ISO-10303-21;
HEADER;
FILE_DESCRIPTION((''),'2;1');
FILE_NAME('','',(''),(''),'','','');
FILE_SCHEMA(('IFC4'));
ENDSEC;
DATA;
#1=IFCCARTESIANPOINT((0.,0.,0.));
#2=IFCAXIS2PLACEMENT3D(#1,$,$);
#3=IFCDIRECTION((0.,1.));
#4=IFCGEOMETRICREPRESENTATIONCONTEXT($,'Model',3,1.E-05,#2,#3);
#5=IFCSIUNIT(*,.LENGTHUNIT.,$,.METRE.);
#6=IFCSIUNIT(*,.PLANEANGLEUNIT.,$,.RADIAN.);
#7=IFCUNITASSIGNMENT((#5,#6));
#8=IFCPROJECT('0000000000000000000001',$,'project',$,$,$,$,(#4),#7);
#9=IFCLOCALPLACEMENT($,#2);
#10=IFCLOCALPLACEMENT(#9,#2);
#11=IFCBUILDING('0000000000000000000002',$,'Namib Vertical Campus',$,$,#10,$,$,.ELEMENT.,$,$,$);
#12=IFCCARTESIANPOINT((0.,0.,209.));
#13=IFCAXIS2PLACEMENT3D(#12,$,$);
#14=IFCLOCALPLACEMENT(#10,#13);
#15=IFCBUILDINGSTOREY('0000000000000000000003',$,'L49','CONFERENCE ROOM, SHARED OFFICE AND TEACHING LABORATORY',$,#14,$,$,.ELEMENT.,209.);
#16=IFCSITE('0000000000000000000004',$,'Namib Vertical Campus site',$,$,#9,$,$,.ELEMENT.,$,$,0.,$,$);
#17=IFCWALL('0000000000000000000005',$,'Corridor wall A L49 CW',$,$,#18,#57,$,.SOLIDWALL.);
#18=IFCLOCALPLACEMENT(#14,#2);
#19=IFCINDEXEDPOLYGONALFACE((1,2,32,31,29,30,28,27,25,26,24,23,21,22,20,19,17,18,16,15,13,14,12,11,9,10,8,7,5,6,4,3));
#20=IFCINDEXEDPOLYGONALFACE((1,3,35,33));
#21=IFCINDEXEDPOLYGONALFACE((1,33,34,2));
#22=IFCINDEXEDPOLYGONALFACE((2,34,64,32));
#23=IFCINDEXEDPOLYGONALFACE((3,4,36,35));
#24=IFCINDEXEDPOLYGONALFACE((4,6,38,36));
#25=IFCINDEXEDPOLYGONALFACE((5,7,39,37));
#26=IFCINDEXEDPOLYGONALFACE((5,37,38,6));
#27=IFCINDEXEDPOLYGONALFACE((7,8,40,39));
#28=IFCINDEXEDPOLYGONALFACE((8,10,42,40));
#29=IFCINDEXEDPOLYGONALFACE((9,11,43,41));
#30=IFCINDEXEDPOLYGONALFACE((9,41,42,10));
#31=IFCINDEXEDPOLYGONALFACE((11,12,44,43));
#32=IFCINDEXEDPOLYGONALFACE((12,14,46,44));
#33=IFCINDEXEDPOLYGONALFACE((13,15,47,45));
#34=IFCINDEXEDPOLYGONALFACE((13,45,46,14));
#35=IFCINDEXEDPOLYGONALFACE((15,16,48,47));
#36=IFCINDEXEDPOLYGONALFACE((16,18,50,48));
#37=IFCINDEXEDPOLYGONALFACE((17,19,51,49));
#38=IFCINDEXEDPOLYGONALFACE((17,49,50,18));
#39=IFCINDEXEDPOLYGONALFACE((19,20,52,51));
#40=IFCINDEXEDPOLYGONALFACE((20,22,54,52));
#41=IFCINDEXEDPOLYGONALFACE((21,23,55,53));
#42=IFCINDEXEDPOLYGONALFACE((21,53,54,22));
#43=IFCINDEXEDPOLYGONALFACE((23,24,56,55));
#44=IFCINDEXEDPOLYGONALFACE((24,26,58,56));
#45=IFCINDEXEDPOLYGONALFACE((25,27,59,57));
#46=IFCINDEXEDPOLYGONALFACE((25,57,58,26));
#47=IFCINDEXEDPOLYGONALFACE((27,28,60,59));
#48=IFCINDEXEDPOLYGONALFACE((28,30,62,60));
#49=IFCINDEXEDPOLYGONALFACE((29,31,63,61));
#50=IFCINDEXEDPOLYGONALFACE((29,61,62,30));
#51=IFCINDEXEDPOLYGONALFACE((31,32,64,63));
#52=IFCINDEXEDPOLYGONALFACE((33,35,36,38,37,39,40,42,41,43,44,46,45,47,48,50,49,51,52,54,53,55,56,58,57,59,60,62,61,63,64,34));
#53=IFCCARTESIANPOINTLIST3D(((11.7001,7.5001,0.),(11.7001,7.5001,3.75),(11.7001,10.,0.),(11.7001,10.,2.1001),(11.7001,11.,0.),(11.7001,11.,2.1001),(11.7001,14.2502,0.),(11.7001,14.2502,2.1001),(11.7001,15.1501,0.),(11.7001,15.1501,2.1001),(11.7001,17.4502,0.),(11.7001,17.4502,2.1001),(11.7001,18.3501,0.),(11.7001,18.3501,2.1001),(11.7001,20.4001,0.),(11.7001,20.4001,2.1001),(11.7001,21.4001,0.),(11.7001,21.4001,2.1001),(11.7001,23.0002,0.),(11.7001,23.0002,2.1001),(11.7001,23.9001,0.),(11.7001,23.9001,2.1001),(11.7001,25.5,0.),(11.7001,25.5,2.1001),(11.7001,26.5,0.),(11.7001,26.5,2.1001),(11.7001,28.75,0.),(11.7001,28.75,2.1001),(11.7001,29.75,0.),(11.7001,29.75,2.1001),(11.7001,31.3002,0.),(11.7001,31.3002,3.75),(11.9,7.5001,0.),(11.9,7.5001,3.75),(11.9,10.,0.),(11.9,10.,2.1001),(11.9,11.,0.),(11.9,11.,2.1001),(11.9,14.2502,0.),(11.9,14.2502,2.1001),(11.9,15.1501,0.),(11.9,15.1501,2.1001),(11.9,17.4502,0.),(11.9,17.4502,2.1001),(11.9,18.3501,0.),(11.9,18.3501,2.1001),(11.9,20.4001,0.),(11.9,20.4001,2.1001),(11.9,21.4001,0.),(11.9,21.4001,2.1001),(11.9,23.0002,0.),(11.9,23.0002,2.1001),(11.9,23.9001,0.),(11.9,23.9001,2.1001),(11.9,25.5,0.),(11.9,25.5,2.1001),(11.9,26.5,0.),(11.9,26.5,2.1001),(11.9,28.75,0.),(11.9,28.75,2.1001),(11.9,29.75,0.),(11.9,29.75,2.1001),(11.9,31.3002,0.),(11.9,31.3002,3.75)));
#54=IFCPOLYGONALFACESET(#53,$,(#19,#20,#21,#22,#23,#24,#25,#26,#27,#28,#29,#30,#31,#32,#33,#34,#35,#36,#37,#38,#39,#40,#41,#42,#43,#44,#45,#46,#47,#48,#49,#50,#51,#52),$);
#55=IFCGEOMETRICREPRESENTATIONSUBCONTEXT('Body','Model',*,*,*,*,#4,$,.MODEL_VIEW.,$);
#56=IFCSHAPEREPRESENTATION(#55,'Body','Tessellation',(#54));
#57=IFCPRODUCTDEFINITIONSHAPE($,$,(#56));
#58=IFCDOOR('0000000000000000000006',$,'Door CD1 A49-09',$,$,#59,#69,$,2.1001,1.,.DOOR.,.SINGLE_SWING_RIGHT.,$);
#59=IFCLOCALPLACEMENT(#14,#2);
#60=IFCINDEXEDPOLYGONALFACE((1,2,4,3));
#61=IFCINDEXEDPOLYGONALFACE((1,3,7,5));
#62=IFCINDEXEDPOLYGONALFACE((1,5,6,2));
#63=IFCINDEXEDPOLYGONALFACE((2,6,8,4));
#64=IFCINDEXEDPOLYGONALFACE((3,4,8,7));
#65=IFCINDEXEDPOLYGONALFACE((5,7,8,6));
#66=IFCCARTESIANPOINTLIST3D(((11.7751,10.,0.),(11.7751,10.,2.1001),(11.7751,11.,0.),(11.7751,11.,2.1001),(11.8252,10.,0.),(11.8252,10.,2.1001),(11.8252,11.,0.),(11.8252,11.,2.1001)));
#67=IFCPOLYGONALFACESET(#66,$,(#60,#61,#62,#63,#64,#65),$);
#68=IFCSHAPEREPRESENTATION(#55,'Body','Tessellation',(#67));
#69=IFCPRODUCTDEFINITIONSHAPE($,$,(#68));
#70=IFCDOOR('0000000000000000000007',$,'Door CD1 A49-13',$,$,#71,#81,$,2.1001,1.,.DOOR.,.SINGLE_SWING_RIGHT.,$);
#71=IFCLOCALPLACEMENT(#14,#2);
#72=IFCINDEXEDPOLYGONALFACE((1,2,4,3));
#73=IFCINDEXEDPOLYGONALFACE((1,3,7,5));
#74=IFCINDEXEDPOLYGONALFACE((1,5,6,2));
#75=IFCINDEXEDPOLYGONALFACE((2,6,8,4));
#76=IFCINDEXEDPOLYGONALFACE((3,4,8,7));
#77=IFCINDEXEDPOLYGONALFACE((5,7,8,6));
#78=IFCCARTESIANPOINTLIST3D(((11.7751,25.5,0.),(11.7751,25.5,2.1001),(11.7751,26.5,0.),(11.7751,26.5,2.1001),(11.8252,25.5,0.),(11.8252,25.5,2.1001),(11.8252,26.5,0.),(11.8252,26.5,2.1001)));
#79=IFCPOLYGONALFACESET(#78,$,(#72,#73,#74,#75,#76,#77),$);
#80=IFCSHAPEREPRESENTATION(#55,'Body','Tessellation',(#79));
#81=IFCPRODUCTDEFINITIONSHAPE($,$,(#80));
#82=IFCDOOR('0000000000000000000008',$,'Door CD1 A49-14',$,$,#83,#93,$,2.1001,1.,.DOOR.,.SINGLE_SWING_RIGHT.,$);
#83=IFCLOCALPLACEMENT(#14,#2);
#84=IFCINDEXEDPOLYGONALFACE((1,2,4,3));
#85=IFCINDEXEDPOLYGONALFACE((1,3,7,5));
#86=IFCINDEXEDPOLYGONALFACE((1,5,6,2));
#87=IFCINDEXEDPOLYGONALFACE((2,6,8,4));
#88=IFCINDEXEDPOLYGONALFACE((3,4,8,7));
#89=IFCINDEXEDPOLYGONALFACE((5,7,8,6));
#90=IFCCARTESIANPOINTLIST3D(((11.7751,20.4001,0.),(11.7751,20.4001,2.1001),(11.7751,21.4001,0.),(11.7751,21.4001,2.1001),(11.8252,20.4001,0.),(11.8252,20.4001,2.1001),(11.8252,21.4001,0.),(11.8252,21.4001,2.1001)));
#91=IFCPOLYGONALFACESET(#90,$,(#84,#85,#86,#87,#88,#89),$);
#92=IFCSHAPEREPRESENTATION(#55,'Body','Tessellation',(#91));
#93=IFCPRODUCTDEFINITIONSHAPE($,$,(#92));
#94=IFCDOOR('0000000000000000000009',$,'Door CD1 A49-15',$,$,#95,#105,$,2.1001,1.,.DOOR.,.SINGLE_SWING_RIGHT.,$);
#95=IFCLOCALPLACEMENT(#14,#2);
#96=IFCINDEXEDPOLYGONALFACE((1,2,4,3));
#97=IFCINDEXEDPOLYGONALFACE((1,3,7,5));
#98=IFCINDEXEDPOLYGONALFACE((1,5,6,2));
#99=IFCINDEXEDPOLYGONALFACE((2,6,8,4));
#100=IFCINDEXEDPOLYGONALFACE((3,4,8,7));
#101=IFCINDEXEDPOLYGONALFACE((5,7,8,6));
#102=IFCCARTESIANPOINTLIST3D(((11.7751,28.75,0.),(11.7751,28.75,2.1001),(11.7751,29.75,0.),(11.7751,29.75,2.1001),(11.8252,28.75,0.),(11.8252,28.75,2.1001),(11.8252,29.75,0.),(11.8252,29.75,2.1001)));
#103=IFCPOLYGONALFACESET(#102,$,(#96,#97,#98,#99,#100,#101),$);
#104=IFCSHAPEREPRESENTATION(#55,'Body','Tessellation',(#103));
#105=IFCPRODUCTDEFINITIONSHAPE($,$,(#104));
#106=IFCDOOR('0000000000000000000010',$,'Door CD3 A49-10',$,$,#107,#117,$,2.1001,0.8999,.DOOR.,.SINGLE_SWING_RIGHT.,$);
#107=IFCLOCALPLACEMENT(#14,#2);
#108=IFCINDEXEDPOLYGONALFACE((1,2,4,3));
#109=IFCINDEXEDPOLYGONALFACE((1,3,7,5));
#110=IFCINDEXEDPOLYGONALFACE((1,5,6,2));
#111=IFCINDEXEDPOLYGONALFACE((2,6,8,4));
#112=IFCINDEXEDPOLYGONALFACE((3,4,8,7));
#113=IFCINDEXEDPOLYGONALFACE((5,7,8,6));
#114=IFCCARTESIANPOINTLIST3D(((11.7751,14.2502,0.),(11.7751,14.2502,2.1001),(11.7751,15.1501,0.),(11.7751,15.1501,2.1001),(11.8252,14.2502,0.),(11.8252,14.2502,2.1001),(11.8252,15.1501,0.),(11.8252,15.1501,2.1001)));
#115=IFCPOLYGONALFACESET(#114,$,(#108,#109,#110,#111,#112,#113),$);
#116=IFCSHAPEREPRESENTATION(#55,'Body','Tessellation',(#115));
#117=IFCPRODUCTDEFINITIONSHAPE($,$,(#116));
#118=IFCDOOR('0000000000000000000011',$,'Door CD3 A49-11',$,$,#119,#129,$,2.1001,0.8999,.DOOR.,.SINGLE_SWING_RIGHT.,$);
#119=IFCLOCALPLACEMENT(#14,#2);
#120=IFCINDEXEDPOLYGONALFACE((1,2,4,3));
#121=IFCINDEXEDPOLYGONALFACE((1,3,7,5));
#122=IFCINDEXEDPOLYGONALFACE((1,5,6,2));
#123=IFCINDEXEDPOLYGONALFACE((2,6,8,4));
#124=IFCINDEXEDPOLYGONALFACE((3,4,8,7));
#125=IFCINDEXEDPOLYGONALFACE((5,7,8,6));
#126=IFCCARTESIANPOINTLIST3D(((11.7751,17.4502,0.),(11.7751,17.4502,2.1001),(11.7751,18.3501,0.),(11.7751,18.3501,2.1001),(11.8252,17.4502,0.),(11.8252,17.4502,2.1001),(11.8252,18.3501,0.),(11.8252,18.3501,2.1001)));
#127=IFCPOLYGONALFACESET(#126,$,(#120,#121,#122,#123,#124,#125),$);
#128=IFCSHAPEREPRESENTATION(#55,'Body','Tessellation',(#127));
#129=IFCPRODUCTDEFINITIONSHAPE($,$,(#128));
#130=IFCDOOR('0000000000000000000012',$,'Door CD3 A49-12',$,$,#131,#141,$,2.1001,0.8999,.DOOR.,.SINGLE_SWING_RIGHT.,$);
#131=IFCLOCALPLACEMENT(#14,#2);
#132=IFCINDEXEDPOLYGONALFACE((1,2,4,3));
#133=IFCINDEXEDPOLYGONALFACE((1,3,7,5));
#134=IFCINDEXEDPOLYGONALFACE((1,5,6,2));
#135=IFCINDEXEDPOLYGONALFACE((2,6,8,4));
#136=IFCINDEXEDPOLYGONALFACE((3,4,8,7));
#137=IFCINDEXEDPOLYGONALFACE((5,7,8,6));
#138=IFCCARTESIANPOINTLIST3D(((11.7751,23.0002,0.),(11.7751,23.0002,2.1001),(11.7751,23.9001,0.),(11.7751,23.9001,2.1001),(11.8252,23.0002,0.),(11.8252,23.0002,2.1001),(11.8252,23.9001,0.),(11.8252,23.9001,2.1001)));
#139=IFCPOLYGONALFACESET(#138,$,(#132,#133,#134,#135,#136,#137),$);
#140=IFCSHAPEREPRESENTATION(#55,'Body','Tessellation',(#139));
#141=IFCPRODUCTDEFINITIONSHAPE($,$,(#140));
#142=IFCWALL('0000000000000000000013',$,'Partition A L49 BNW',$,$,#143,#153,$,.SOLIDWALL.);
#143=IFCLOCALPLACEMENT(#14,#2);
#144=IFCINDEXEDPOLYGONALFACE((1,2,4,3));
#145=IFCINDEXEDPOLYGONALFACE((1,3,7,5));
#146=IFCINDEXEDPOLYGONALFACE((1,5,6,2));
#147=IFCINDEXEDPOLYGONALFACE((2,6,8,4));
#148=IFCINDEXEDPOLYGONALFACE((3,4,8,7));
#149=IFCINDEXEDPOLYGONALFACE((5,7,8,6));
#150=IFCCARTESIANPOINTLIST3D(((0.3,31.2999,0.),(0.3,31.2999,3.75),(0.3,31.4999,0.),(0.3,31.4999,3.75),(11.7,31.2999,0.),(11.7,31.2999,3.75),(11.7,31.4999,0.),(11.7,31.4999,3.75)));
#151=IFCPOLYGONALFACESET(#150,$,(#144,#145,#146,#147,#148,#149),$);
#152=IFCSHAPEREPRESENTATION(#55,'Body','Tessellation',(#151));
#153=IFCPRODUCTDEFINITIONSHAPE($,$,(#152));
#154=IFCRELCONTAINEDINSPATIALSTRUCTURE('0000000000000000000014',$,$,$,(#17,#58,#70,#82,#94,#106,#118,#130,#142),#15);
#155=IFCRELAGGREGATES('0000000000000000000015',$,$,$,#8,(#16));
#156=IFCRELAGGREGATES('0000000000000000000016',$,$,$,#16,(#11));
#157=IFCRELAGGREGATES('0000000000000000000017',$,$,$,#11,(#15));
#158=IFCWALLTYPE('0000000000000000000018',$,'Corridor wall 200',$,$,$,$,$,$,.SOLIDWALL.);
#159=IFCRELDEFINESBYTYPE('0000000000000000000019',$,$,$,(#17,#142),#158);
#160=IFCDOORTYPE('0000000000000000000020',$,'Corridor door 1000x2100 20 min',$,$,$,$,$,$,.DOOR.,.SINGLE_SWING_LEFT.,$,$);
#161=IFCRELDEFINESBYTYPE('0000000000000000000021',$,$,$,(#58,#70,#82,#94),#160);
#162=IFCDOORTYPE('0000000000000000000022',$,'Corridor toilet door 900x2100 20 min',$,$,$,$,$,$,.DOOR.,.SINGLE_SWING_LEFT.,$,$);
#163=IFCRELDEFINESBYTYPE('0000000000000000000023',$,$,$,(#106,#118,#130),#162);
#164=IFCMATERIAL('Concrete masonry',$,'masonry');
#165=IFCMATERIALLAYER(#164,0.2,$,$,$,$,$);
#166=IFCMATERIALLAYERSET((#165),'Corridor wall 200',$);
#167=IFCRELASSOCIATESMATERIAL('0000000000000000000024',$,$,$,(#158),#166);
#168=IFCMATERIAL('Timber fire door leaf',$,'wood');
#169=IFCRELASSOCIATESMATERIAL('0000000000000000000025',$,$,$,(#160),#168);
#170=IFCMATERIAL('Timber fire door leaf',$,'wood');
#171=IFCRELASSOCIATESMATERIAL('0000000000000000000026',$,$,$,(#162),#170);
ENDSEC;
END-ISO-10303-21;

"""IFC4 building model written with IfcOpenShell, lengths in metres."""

from ifc_helpers import new_model, si_unit, direction, frame, frame_2d, origin, place, context, subcontext, project, spatial, rectangle, extrude, material, layer, layer_set, type_object, element, fill, save


model = new_model("IFC4")

# Units and contexts
model_context = context("Model", 3, precision=1e-05, world=origin(), true_north=direction((0.0, 1.0)))
body_context = subcontext(model_context, "Body", "Model", "MODEL_VIEW")
ifc_project = project(units=[si_unit("LENGTHUNIT", "METRE"), si_unit("PLANEANGLEUNIT", "RADIAN")], contexts=[model_context])

# Site, building, storey
site_placement = place(None, origin())
site = spatial("IfcSite", under=ifc_project, at=site_placement, Name="Namib Vertical Campus site", CompositionType="ELEMENT", RefElevation=0.0)
building_placement = place(site_placement, origin())
building = spatial("IfcBuilding", under=site, at=building_placement, Name="Namib Vertical Campus", CompositionType="ELEMENT")
storey_placement = place(building_placement, frame((0.0, 0.0, 209.0)))
storey = spatial("IfcBuildingStorey", under=building, at=storey_placement, Name="L49", Description="CONFERENCE ROOM, SHARED OFFICE AND TEACHING LABORATORY", CompositionType="ELEMENT", Elevation=209.0)

# Wall, openings, doors
ifc_material_1 = material(Name="Concrete masonry", Category="masonry")
ifc_layer_1 = layer(ifc_material_1, 0.2)
ifc_layer_set_1 = layer_set([ifc_layer_1], Name="Corridor wall 200")
wall_type_1 = type_object("IfcWallType", Name="Corridor wall 200", PredefinedType="SOLIDWALL", material=ifc_layer_set_1)
wall_1_placement = place(storey_placement, frame((11.8, 31.3, 0.0), z_axis=(0.0, 0.0, 1.0), x_axis=(0.0, -1.0, 0.0)))
wall_1 = element("IfcWall", 1, at=wall_1_placement, inside=storey, type_object=wall_type_1, Name="Corridor wall A L49 CW", PredefinedType="SOLIDWALL", context=body_context, shape_type="SweptSolid", body=[
    extrude(rectangle(XDim=23.8, YDim=0.2, at=frame_2d((11.8999, 0.0))), origin(), (0.0, 0.0, 1.0), 3.75),
])
opening_1_placement = place(wall_1_placement, frame((20.3, 0.0, 0.0)))
opening_1 = element("IfcOpeningElement", 2, at=opening_1_placement, cuts=wall_1, PredefinedType="OPENING", context=body_context, shape_type="SweptSolid", body=[
    extrude(rectangle(XDim=1.0, YDim=2.1001, at=frame_2d((0.5, 1.05))), frame((0.0, 0.1099, 0.0), z_axis=(0.0, -1.0, 0.0), x_axis=(1.0, 0.0, 0.0)), (0.0, 0.0, 1.0), 0.22),
])
opening_2_placement = place(wall_1_placement, frame((16.1499, 0.0, 0.0)))
opening_2 = element("IfcOpeningElement", 3, at=opening_2_placement, cuts=wall_1, PredefinedType="OPENING", context=body_context, shape_type="SweptSolid", body=[
    extrude(rectangle(XDim=0.8999, YDim=2.1001, at=frame_2d((0.45, 1.05))), frame((0.0, 0.1099, 0.0), z_axis=(0.0, -1.0, 0.0), x_axis=(1.0, 0.0, 0.0)), (0.0, 0.0, 1.0), 0.22),
])
opening_3_placement = place(wall_1_placement, frame((12.95, 0.0, 0.0)))
opening_3 = element("IfcOpeningElement", 4, at=opening_3_placement, cuts=wall_1, PredefinedType="OPENING", context=body_context, shape_type="SweptSolid", body=[
    extrude(rectangle(XDim=0.8999, YDim=2.1001, at=frame_2d((0.45, 1.05))), frame((0.0, 0.1099, 0.0), z_axis=(0.0, -1.0, 0.0), x_axis=(1.0, 0.0, 0.0)), (0.0, 0.0, 1.0), 0.22),
])
opening_4_placement = place(wall_1_placement, frame((7.3999, 0.0, 0.0)))
opening_4 = element("IfcOpeningElement", 5, at=opening_4_placement, cuts=wall_1, PredefinedType="OPENING", context=body_context, shape_type="SweptSolid", body=[
    extrude(rectangle(XDim=0.8999, YDim=2.1001, at=frame_2d((0.45, 1.05))), frame((0.0, 0.1099, 0.0), z_axis=(0.0, -1.0, 0.0), x_axis=(1.0, 0.0, 0.0)), (0.0, 0.0, 1.0), 0.22),
])
opening_5_placement = place(wall_1_placement, frame((4.8, 0.0, 0.0)))
opening_5 = element("IfcOpeningElement", 6, at=opening_5_placement, cuts=wall_1, PredefinedType="OPENING", context=body_context, shape_type="SweptSolid", body=[
    extrude(rectangle(XDim=1.0, YDim=2.1001, at=frame_2d((0.5, 1.05))), frame((0.0, 0.1099, 0.0), z_axis=(0.0, -1.0, 0.0), x_axis=(1.0, 0.0, 0.0)), (0.0, 0.0, 1.0), 0.22),
])
opening_6_placement = place(wall_1_placement, frame((9.8999, 0.0, 0.0)))
opening_6 = element("IfcOpeningElement", 7, at=opening_6_placement, cuts=wall_1, PredefinedType="OPENING", context=body_context, shape_type="SweptSolid", body=[
    extrude(rectangle(XDim=1.0, YDim=2.1001, at=frame_2d((0.5, 1.05))), frame((0.0, 0.1099, 0.0), z_axis=(0.0, -1.0, 0.0), x_axis=(1.0, 0.0, 0.0)), (0.0, 0.0, 1.0), 0.22),
])
opening_7_placement = place(wall_1_placement, frame((1.55, 0.0, 0.0)))
opening_7 = element("IfcOpeningElement", 8, at=opening_7_placement, cuts=wall_1, PredefinedType="OPENING", context=body_context, shape_type="SweptSolid", body=[
    extrude(rectangle(XDim=1.0, YDim=2.1001, at=frame_2d((0.5, 1.05))), frame((0.0, 0.1099, 0.0), z_axis=(0.0, -1.0, 0.0), x_axis=(1.0, 0.0, 0.0)), (0.0, 0.0, 1.0), 0.22),
])
ifc_material_2 = material(Name="Timber fire door leaf", Category="wood")
door_type_1 = type_object("IfcDoorType", Name="Corridor door 1000x2100 20 min", OperationType="SINGLE_SWING_LEFT", PredefinedType="DOOR", material=ifc_material_2)
door_1_placement = place(opening_1_placement, frame((1.0, 0.0, 0.0), z_axis=(0.0, 0.0, 1.0), x_axis=(-1.0, 0.0, 0.0)))
door_1 = element("IfcDoor", 9, at=door_1_placement, inside=storey, type_object=door_type_1, Name="Door CD1 A49-09", OperationType="SINGLE_SWING_RIGHT", OverallHeight=2.1001, OverallWidth=1.0, PredefinedType="DOOR", context=body_context, shape_type="SweptSolid", body=[
    extrude(rectangle(XDim=1.0, YDim=2.1001, at=frame_2d((0.5, 1.05))), frame((0.0, 0.0249, 0.0), z_axis=(0.0, -1.0, 0.0), x_axis=(1.0, 0.0, 0.0)), (0.0, 0.0, 1.0), 0.05),
])
fill(opening_1, door_1)
door_2_placement = place(opening_5_placement, frame((1.0, 0.0, 0.0), z_axis=(0.0, 0.0, 1.0), x_axis=(-1.0, 0.0, 0.0)))
door_2 = element("IfcDoor", 10, at=door_2_placement, inside=storey, type_object=door_type_1, Name="Door CD1 A49-13", OperationType="SINGLE_SWING_RIGHT", OverallHeight=2.1001, OverallWidth=1.0, PredefinedType="DOOR", context=body_context, shape_type="SweptSolid", body=[
    extrude(rectangle(XDim=1.0, YDim=2.1001, at=frame_2d((0.5, 1.05))), frame((0.0, 0.0249, 0.0), z_axis=(0.0, -1.0, 0.0), x_axis=(1.0, 0.0, 0.0)), (0.0, 0.0, 1.0), 0.05),
])
fill(opening_5, door_2)
door_3_placement = place(opening_6_placement, frame((1.0, 0.0, 0.0), z_axis=(0.0, 0.0, 1.0), x_axis=(-1.0, 0.0, 0.0)))
door_3 = element("IfcDoor", 11, at=door_3_placement, inside=storey, type_object=door_type_1, Name="Door CD1 A49-14", OperationType="SINGLE_SWING_RIGHT", OverallHeight=2.1001, OverallWidth=1.0, PredefinedType="DOOR", context=body_context, shape_type="SweptSolid", body=[
    extrude(rectangle(XDim=1.0, YDim=2.1001, at=frame_2d((0.5, 1.05))), frame((0.0, 0.0249, 0.0), z_axis=(0.0, -1.0, 0.0), x_axis=(1.0, 0.0, 0.0)), (0.0, 0.0, 1.0), 0.05),
])
fill(opening_6, door_3)
door_4_placement = place(opening_7_placement, frame((1.0, 0.0, 0.0), z_axis=(0.0, 0.0, 1.0), x_axis=(-1.0, 0.0, 0.0)))
door_4 = element("IfcDoor", 12, at=door_4_placement, inside=storey, type_object=door_type_1, Name="Door CD1 A49-15", OperationType="SINGLE_SWING_RIGHT", OverallHeight=2.1001, OverallWidth=1.0, PredefinedType="DOOR", context=body_context, shape_type="SweptSolid", body=[
    extrude(rectangle(XDim=1.0, YDim=2.1001, at=frame_2d((0.5, 1.05))), frame((0.0, 0.0249, 0.0), z_axis=(0.0, -1.0, 0.0), x_axis=(1.0, 0.0, 0.0)), (0.0, 0.0, 1.0), 0.05),
])
fill(opening_7, door_4)
ifc_material_3 = material(Name="Timber fire door leaf", Category="wood")
door_type_2 = type_object("IfcDoorType", Name="Corridor toilet door 900x2100 20 min", OperationType="SINGLE_SWING_LEFT", PredefinedType="DOOR", material=ifc_material_3)
door_5_placement = place(opening_2_placement, frame((0.8999, 0.0, 0.0), z_axis=(0.0, 0.0, 1.0), x_axis=(-1.0, 0.0, 0.0)))
door_5 = element("IfcDoor", 13, at=door_5_placement, inside=storey, type_object=door_type_2, Name="Door CD3 A49-10", OperationType="SINGLE_SWING_RIGHT", OverallHeight=2.1001, OverallWidth=0.8999, PredefinedType="DOOR", context=body_context, shape_type="SweptSolid", body=[
    extrude(rectangle(XDim=0.8999, YDim=2.1001, at=frame_2d((0.45, 1.05))), frame((0.0, 0.0249, 0.0), z_axis=(0.0, -1.0, 0.0), x_axis=(1.0, 0.0, 0.0)), (0.0, 0.0, 1.0), 0.05),
])
fill(opening_2, door_5)
door_6_placement = place(opening_3_placement, frame((0.8999, 0.0, 0.0), z_axis=(0.0, 0.0, 1.0), x_axis=(-1.0, 0.0, 0.0)))
door_6 = element("IfcDoor", 14, at=door_6_placement, inside=storey, type_object=door_type_2, Name="Door CD3 A49-11", OperationType="SINGLE_SWING_RIGHT", OverallHeight=2.1001, OverallWidth=0.8999, PredefinedType="DOOR", context=body_context, shape_type="SweptSolid", body=[
    extrude(rectangle(XDim=0.8999, YDim=2.1001, at=frame_2d((0.45, 1.05))), frame((0.0, 0.0249, 0.0), z_axis=(0.0, -1.0, 0.0), x_axis=(1.0, 0.0, 0.0)), (0.0, 0.0, 1.0), 0.05),
])
fill(opening_3, door_6)
door_7_placement = place(opening_4_placement, frame((0.8999, 0.0, 0.0), z_axis=(0.0, 0.0, 1.0), x_axis=(-1.0, 0.0, 0.0)))
door_7 = element("IfcDoor", 15, at=door_7_placement, inside=storey, type_object=door_type_2, Name="Door CD3 A49-12", OperationType="SINGLE_SWING_RIGHT", OverallHeight=2.1001, OverallWidth=0.8999, PredefinedType="DOOR", context=body_context, shape_type="SweptSolid", body=[
    extrude(rectangle(XDim=0.8999, YDim=2.1001, at=frame_2d((0.45, 1.05))), frame((0.0, 0.0249, 0.0), z_axis=(0.0, -1.0, 0.0), x_axis=(1.0, 0.0, 0.0)), (0.0, 0.0, 1.0), 0.05),
])
fill(opening_4, door_7)

# Wall
wall_2_placement = place(storey_placement, frame((0.3, 31.3999, 0.0), z_axis=(0.0, 0.0, 1.0), x_axis=(1.0, 0.0, 0.0)))
element("IfcWall", 16, at=wall_2_placement, inside=storey, type_object=wall_type_1, Name="Partition A L49 BNW", PredefinedType="SOLIDWALL", context=body_context, shape_type="SweptSolid", body=[
    extrude(rectangle(XDim=11.3999, YDim=0.2, at=frame_2d((5.7, 0.0))), origin(), (0.0, 0.0, 1.0), 3.75),
])

save(model, "model.ifc")
